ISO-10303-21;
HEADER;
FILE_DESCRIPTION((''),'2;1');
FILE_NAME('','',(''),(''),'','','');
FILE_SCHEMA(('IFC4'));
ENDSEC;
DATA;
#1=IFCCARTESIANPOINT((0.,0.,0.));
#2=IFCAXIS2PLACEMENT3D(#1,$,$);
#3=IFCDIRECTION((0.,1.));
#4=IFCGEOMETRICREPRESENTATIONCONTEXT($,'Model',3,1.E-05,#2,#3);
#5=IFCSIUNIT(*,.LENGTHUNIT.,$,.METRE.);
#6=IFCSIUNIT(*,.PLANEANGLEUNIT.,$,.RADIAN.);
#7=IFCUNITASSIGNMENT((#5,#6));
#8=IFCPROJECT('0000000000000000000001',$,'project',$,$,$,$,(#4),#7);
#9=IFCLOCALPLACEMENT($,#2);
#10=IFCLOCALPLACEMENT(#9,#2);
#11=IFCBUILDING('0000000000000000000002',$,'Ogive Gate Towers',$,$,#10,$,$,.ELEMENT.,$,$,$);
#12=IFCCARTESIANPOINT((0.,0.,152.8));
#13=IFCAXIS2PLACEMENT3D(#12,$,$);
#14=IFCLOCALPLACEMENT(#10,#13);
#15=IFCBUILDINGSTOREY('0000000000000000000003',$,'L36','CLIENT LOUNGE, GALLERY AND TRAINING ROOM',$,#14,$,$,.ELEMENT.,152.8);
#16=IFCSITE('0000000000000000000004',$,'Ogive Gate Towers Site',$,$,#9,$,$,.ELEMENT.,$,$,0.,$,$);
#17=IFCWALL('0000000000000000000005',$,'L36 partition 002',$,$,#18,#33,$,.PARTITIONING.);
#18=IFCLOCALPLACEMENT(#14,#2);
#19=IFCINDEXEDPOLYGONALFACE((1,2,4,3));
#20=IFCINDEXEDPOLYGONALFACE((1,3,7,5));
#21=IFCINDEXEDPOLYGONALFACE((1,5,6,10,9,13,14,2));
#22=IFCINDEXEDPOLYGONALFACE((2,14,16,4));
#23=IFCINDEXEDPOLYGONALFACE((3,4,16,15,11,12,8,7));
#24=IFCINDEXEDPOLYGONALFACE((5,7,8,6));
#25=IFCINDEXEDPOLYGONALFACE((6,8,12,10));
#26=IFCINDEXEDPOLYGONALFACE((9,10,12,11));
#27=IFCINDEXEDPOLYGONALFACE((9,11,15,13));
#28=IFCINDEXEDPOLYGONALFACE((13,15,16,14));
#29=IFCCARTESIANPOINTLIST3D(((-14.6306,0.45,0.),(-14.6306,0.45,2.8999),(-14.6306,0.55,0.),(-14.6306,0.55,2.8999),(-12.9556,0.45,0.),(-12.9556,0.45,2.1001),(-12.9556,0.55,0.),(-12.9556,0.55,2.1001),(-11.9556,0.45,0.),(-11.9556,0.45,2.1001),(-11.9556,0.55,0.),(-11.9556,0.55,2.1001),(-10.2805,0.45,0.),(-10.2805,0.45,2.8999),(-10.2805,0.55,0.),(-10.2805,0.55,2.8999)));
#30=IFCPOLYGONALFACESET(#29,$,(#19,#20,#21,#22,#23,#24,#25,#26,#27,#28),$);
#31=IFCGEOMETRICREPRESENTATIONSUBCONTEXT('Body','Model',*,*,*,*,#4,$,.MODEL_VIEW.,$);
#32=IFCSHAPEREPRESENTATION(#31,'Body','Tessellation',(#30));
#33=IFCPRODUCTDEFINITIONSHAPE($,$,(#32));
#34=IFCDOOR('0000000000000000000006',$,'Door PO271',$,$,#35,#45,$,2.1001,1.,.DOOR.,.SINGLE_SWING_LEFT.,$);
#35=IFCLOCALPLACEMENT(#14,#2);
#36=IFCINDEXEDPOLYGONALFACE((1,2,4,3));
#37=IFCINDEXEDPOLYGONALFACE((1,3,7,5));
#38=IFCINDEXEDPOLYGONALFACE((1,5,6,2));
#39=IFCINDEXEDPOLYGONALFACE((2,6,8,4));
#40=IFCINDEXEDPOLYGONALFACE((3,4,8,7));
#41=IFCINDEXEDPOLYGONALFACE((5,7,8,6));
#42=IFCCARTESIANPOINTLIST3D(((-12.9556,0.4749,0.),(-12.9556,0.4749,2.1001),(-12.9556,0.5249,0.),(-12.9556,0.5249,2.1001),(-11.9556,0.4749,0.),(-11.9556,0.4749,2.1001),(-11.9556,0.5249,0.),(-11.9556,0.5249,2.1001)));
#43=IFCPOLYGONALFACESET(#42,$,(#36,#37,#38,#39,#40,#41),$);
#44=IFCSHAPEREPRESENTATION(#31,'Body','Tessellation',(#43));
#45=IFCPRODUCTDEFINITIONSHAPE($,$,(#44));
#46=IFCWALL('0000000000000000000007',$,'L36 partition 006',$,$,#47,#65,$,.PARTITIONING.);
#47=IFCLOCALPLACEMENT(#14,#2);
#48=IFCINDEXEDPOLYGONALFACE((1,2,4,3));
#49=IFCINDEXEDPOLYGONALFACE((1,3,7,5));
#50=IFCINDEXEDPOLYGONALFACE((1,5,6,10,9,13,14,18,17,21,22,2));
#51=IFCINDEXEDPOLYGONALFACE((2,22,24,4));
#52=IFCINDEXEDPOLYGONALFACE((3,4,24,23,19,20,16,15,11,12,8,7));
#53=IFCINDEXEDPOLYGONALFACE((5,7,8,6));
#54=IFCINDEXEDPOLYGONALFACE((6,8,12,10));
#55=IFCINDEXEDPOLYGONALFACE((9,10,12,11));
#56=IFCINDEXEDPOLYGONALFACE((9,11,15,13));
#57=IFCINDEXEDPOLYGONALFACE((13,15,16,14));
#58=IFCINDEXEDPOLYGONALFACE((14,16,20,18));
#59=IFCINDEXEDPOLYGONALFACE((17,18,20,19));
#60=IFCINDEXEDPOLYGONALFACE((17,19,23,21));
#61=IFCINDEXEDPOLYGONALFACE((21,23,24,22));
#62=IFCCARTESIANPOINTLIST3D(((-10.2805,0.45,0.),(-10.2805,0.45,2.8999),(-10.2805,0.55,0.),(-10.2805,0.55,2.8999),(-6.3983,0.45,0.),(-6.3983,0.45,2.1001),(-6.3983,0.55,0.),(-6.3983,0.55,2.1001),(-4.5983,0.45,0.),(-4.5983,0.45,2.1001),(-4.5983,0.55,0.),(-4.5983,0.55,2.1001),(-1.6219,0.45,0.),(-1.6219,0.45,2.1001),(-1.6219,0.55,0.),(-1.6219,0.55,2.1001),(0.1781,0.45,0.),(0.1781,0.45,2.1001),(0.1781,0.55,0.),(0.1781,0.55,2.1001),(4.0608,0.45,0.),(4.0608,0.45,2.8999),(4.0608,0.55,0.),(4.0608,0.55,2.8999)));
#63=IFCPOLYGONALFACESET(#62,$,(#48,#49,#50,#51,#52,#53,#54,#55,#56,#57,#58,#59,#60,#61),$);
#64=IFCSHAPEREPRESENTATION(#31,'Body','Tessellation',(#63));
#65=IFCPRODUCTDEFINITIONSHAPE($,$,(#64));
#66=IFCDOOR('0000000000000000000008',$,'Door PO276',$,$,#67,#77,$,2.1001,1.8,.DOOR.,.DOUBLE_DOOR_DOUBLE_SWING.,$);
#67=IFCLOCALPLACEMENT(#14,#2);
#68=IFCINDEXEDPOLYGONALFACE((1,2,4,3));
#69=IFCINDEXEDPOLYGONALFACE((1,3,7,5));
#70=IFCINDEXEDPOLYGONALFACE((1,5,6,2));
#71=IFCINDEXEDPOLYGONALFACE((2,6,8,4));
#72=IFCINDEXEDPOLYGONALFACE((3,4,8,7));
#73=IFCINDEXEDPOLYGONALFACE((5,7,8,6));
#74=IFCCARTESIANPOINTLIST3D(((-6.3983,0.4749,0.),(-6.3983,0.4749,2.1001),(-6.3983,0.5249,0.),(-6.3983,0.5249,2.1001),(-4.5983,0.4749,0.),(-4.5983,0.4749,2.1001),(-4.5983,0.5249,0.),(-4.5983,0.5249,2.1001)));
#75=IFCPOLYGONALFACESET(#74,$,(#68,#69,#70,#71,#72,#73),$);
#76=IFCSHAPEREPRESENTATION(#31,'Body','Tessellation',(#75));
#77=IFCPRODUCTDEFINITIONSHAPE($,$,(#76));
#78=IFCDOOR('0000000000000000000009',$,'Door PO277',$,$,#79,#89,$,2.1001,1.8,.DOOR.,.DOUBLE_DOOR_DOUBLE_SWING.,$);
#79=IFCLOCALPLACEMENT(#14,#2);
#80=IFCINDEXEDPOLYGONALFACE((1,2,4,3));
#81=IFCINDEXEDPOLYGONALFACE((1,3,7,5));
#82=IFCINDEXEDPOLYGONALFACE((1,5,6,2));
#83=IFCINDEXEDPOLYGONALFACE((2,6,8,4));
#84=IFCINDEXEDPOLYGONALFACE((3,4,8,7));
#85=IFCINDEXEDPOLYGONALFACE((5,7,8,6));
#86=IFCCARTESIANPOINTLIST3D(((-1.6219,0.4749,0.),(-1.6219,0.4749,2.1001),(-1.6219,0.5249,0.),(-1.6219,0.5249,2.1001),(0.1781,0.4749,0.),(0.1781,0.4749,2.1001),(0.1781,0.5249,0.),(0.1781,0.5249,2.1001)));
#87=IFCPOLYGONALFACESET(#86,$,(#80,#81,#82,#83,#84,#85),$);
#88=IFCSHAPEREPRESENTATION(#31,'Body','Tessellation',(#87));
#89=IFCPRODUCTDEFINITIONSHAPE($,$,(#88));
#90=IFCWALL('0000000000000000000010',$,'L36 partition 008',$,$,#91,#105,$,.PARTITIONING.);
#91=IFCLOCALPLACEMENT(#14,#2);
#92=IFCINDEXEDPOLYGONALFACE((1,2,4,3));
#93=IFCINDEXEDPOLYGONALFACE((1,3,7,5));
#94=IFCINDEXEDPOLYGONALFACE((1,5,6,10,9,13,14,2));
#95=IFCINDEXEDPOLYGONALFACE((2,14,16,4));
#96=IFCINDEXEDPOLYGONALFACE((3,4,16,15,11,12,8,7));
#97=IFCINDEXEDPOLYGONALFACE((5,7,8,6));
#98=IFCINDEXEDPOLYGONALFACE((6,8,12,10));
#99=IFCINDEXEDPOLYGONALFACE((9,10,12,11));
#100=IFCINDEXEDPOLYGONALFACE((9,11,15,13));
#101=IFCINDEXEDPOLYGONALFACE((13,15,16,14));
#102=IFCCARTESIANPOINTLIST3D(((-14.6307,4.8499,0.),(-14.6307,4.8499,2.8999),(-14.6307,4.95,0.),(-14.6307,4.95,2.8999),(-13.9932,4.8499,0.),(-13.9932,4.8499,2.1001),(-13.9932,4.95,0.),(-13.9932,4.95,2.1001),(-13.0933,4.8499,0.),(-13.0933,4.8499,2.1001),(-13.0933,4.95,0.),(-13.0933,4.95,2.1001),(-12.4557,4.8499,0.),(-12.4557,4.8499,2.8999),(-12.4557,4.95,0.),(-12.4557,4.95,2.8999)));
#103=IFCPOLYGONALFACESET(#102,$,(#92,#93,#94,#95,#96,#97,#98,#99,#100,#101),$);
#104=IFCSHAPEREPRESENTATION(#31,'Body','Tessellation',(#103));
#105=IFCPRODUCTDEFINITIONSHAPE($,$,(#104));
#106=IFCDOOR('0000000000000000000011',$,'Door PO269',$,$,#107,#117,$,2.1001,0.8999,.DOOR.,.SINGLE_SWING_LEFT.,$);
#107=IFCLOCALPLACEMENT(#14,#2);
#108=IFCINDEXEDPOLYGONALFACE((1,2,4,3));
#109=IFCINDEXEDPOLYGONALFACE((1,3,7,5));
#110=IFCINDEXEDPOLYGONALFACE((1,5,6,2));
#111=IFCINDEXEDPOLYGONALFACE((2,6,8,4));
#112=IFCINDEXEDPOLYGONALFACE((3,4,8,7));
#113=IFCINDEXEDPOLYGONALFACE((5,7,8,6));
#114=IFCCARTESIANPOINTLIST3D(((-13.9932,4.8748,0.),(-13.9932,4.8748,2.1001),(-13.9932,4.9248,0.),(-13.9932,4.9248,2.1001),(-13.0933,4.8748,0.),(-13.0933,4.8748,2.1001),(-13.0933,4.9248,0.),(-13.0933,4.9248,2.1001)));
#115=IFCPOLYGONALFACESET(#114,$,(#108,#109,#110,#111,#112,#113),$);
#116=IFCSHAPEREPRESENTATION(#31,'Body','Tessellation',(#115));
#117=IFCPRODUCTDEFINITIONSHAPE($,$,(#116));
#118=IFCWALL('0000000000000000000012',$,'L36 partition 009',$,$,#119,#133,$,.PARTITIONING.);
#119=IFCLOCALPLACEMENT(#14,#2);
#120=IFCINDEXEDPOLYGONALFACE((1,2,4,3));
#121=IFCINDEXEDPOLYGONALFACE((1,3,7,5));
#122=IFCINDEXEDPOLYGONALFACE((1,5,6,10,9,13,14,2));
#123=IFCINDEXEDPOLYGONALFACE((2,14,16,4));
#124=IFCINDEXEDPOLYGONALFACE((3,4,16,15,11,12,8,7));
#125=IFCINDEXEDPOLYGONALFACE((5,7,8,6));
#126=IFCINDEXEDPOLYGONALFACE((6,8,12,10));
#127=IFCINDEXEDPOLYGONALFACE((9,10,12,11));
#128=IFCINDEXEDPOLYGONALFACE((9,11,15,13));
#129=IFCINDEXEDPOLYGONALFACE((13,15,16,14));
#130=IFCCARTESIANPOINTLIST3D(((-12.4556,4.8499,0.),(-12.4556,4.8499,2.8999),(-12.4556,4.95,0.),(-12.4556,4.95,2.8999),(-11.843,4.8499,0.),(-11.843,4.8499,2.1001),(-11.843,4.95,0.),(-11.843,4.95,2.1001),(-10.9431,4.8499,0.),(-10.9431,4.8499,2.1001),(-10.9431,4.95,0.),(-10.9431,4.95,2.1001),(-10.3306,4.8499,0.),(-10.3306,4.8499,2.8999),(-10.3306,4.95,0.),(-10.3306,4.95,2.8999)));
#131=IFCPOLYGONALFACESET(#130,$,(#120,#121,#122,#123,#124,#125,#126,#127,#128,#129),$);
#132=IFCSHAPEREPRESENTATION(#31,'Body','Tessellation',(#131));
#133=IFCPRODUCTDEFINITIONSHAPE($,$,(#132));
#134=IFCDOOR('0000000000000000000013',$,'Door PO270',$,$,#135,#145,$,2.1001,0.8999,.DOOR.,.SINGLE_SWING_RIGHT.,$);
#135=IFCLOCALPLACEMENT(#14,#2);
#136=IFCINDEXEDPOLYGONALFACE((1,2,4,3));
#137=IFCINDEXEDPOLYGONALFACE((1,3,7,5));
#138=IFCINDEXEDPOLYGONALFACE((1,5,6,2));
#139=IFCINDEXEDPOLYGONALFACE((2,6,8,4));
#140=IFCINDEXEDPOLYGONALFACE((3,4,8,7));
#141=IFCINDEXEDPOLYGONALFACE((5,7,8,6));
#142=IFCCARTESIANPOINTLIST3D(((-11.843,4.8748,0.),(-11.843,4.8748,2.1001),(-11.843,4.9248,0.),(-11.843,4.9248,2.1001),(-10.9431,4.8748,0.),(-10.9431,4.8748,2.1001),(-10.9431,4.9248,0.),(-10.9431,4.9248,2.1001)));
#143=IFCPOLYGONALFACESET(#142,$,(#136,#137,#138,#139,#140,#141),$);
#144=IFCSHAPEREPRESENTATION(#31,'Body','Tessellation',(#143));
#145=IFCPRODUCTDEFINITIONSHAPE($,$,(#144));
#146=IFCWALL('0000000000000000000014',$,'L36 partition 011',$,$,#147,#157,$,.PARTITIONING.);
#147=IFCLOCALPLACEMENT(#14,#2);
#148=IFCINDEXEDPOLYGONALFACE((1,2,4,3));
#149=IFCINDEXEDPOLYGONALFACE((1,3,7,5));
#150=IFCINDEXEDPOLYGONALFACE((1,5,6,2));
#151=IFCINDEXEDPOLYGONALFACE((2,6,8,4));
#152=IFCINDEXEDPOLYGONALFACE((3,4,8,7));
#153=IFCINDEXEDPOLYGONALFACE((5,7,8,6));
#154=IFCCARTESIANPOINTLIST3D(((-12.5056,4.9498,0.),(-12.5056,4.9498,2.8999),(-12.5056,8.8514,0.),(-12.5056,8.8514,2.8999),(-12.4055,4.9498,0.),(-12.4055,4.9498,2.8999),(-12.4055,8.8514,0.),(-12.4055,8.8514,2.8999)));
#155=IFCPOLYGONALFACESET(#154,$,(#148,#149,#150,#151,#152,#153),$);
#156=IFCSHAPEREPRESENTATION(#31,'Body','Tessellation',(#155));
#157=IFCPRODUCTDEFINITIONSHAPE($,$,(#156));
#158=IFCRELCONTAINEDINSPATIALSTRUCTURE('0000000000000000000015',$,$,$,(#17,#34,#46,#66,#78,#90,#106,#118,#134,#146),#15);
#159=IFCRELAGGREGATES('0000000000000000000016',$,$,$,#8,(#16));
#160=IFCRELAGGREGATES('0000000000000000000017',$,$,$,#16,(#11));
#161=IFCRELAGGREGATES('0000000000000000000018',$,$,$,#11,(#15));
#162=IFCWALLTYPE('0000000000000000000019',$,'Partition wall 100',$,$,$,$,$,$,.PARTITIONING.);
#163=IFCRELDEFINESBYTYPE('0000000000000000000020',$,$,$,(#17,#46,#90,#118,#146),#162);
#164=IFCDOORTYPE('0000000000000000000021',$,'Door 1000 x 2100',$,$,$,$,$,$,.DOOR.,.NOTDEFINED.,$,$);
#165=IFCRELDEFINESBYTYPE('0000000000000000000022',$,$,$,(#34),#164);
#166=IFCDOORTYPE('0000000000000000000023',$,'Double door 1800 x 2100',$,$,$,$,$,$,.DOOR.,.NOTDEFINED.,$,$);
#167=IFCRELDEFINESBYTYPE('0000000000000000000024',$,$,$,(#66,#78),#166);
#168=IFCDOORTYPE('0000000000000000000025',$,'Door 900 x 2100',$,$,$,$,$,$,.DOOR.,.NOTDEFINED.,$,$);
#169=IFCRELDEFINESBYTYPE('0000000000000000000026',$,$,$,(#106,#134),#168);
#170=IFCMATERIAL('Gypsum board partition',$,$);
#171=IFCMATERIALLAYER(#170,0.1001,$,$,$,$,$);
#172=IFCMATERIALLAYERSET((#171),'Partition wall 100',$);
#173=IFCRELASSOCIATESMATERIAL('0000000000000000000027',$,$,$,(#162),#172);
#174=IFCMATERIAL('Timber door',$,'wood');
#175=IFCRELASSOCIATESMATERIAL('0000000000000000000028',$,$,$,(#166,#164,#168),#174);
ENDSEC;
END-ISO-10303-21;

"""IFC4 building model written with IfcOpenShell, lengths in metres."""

from ifc_helpers import new_model, si_unit, direction, frame, frame_2d, origin, place, context, subcontext, project, spatial, rectangle, extrude, material, layer, layer_set, type_object, element, fill, save


model = new_model("IFC4")

# Units and contexts
model_context = context("Model", 3, precision=1e-05, world=origin(), true_north=direction((0.0, 1.0)))
body_context = subcontext(model_context, "Body", "Model", "MODEL_VIEW")
ifc_project = project(units=[si_unit("LENGTHUNIT", "METRE"), si_unit("PLANEANGLEUNIT", "RADIAN")], contexts=[model_context])

# Site, building, storey
site_placement = place(None, origin())
site = spatial("IfcSite", under=ifc_project, at=site_placement, Name="Ogive Gate Towers Site", CompositionType="ELEMENT", RefElevation=0.0)
building_placement = place(site_placement, origin())
building = spatial("IfcBuilding", under=site, at=building_placement, Name="Ogive Gate Towers", CompositionType="ELEMENT")
storey_placement = place(building_placement, frame((0.0, 0.0, 152.8)))
storey = spatial("IfcBuildingStorey", under=building, at=storey_placement, Name="L36", Description="CLIENT LOUNGE, GALLERY AND TRAINING ROOM", CompositionType="ELEMENT", Elevation=152.8)

# Wall, opening, door
ifc_material_1 = material(Name="Gypsum board partition")
ifc_layer_1 = layer(ifc_material_1, 0.1001)
ifc_layer_set_1 = layer_set([ifc_layer_1], Name="Partition wall 100")
wall_type = type_object("IfcWallType", Name="Partition wall 100", PredefinedType="PARTITIONING", material=ifc_layer_set_1)
ifc_material_2 = material(Name="Timber door", Category="wood")
door_type_1 = type_object("IfcDoorType", Name="Double door 1800 x 2100", OperationType="NOTDEFINED", PredefinedType="DOOR", material=ifc_material_2)
wall_1_placement = place(storey_placement, frame((-14.6306, 0.5, 0.0), z_axis=(0.0, 0.0, 1.0), x_axis=(1.0, 0.0, 0.0)))
wall_1 = element("IfcWall", 1, at=wall_1_placement, inside=storey, type_object=wall_type, Name="L36 partition 002", PredefinedType="PARTITIONING", context=body_context, shape_type="SweptSolid", body=[
    extrude(rectangle(XDim=4.3501, YDim=0.1001, at=frame_2d((2.175, 0.0))), origin(), (0.0, 0.0, 1.0), 2.8999),
])
opening_1_placement = place(wall_1_placement, frame((1.675, 0.0, 0.0)))
opening_1 = element("IfcOpeningElement", 2, at=opening_1_placement, cuts=wall_1, PredefinedType="OPENING", context=body_context, shape_type="SweptSolid", body=[
    extrude(rectangle(XDim=1.0, YDim=2.1001, at=frame_2d((0.5, 1.05))), frame((0.0, 0.0601, 0.0), z_axis=(0.0, -1.0, 0.0), x_axis=(1.0, 0.0, 0.0)), (0.0, 0.0, 1.0), 0.1201),
])
door_type_2 = type_object("IfcDoorType", Name="Door 1000 x 2100", OperationType="NOTDEFINED", PredefinedType="DOOR", material=ifc_material_2)
door_1_placement = place(opening_1_placement, origin())
door_1 = element("IfcDoor", 3, at=door_1_placement, inside=storey, type_object=door_type_2, Name="Door PO271", OperationType="SINGLE_SWING_LEFT", OverallHeight=2.1001, OverallWidth=1.0, PredefinedType="DOOR", context=body_context, shape_type="SweptSolid", body=[
    extrude(rectangle(XDim=1.0, YDim=2.1001, at=frame_2d((0.5, 1.05))), frame((0.0, 0.0249, 0.0), z_axis=(0.0, -1.0, 0.0), x_axis=(1.0, 0.0, 0.0)), (0.0, 0.0, 1.0), 0.05),
])
fill(opening_1, door_1)

# Wall, openings, doors
wall_2_placement = place(storey_placement, frame((-10.2805, 0.5, 0.0), z_axis=(0.0, 0.0, 1.0), x_axis=(1.0, 0.0, 0.0)))
wall_2 = element("IfcWall", 4, at=wall_2_placement, inside=storey, type_object=wall_type, Name="L36 partition 006", PredefinedType="PARTITIONING", context=body_context, shape_type="SweptSolid", body=[
    extrude(rectangle(XDim=14.3413, YDim=0.1001, at=frame_2d((7.1707, 0.0))), origin(), (0.0, 0.0, 1.0), 2.8999),
])
opening_2_placement = place(wall_2_placement, frame((3.8823, 0.0, 0.0)))
opening_2 = element("IfcOpeningElement", 5, at=opening_2_placement, cuts=wall_2, PredefinedType="OPENING", context=body_context, shape_type="SweptSolid", body=[
    extrude(rectangle(XDim=1.8, YDim=2.1001, at=frame_2d((0.8999, 1.05))), frame((0.0, 0.0601, 0.0), z_axis=(0.0, -1.0, 0.0), x_axis=(1.0, 0.0, 0.0)), (0.0, 0.0, 1.0), 0.1201),
])
opening_3_placement = place(wall_2_placement, frame((8.6587, 0.0, 0.0)))
opening_3 = element("IfcOpeningElement", 6, at=opening_3_placement, cuts=wall_2, PredefinedType="OPENING", context=body_context, shape_type="SweptSolid", body=[
    extrude(rectangle(XDim=1.8, YDim=2.1001, at=frame_2d((0.8999, 1.05))), frame((0.0, 0.0601, 0.0), z_axis=(0.0, -1.0, 0.0), x_axis=(1.0, 0.0, 0.0)), (0.0, 0.0, 1.0), 0.1201),
])
door_2_placement = place(opening_2_placement, origin())
door_2 = element("IfcDoor", 7, at=door_2_placement, inside=storey, type_object=door_type_1, Name="Door PO276", OperationType="DOUBLE_DOOR_DOUBLE_SWING", OverallHeight=2.1001, OverallWidth=1.8, PredefinedType="DOOR", context=body_context, shape_type="SweptSolid", body=[
    extrude(rectangle(XDim=1.8, YDim=2.1001, at=frame_2d((0.8999, 1.05))), frame((0.0, 0.0249, 0.0), z_axis=(0.0, -1.0, 0.0), x_axis=(1.0, 0.0, 0.0)), (0.0, 0.0, 1.0), 0.05),
])
fill(opening_2, door_2)
door_3_placement = place(opening_3_placement, origin())
door_3 = element("IfcDoor", 8, at=door_3_placement, inside=storey, type_object=door_type_1, Name="Door PO277", OperationType="DOUBLE_DOOR_DOUBLE_SWING", OverallHeight=2.1001, OverallWidth=1.8, PredefinedType="DOOR", context=body_context, shape_type="SweptSolid", body=[
    extrude(rectangle(XDim=1.8, YDim=2.1001, at=frame_2d((0.8999, 1.05))), frame((0.0, 0.0249, 0.0), z_axis=(0.0, -1.0, 0.0), x_axis=(1.0, 0.0, 0.0)), (0.0, 0.0, 1.0), 0.05),
])
fill(opening_3, door_3)

# Walls, openings, doors
wall_3_placement = place(storey_placement, frame((-14.6306, 4.8999, 0.0), z_axis=(0.0, 0.0, 1.0), x_axis=(1.0, 0.0, 0.0)))
wall_3 = element("IfcWall", 9, at=wall_3_placement, inside=storey, type_object=wall_type, Name="L36 partition 008", PredefinedType="PARTITIONING", context=body_context, shape_type="SweptSolid", body=[
    extrude(rectangle(XDim=2.175, YDim=0.1001, at=frame_2d((1.0874, 0.0))), origin(), (0.0, 0.0, 1.0), 2.8999),
])
opening_4_placement = place(wall_3_placement, frame((0.6375, 0.0, 0.0)))
opening_4 = element("IfcOpeningElement", 10, at=opening_4_placement, cuts=wall_3, PredefinedType="OPENING", context=body_context, shape_type="SweptSolid", body=[
    extrude(rectangle(XDim=0.8999, YDim=2.1001, at=frame_2d((0.45, 1.05))), frame((0.0, 0.0601, 0.0), z_axis=(0.0, -1.0, 0.0), x_axis=(1.0, 0.0, 0.0)), (0.0, 0.0, 1.0), 0.1201),
])
door_type_3 = type_object("IfcDoorType", Name="Door 900 x 2100", OperationType="NOTDEFINED", PredefinedType="DOOR", material=ifc_material_2)
door_4_placement = place(opening_4_placement, origin())
door_4 = element("IfcDoor", 11, at=door_4_placement, inside=storey, type_object=door_type_3, Name="Door PO269", OperationType="SINGLE_SWING_LEFT", OverallHeight=2.1001, OverallWidth=0.8999, PredefinedType="DOOR", context=body_context, shape_type="SweptSolid", body=[
    extrude(rectangle(XDim=0.8999, YDim=2.1001, at=frame_2d((0.45, 1.05))), frame((0.0, 0.0249, 0.0), z_axis=(0.0, -1.0, 0.0), x_axis=(1.0, 0.0, 0.0)), (0.0, 0.0, 1.0), 0.05),
])
fill(opening_4, door_4)
wall_4_placement = place(storey_placement, frame((-12.4556, 4.8999, 0.0), z_axis=(0.0, 0.0, 1.0), x_axis=(1.0, 0.0, 0.0)))
wall_4 = element("IfcWall", 12, at=wall_4_placement, inside=storey, type_object=wall_type, Name="L36 partition 009", PredefinedType="PARTITIONING", context=body_context, shape_type="SweptSolid", body=[
    extrude(rectangle(XDim=2.125, YDim=0.1001, at=frame_2d((1.0625, 0.0))), origin(), (0.0, 0.0, 1.0), 2.8999),
])
opening_5_placement = place(wall_4_placement, frame((0.6125, 0.0, 0.0)))
opening_5 = element("IfcOpeningElement", 13, at=opening_5_placement, cuts=wall_4, PredefinedType="OPENING", context=body_context, shape_type="SweptSolid", body=[
    extrude(rectangle(XDim=0.8999, YDim=2.1001, at=frame_2d((0.45, 1.05))), frame((0.0, 0.0601, 0.0), z_axis=(0.0, -1.0, 0.0), x_axis=(1.0, 0.0, 0.0)), (0.0, 0.0, 1.0), 0.1201),
])
door_5_placement = place(opening_5_placement, origin())
door_5 = element("IfcDoor", 14, at=door_5_placement, inside=storey, type_object=door_type_3, Name="Door PO270", OperationType="SINGLE_SWING_RIGHT", OverallHeight=2.1001, OverallWidth=0.8999, PredefinedType="DOOR", context=body_context, shape_type="SweptSolid", body=[
    extrude(rectangle(XDim=0.8999, YDim=2.1001, at=frame_2d((0.45, 1.05))), frame((0.0, 0.0249, 0.0), z_axis=(0.0, -1.0, 0.0), x_axis=(1.0, 0.0, 0.0)), (0.0, 0.0, 1.0), 0.05),
])
fill(opening_5, door_5)

# Wall
wall_5_placement = place(storey_placement, frame((-12.4556, 4.95, 0.0), z_axis=(0.0, 0.0, 1.0), x_axis=(0.0, 1.0, 0.0)))
element("IfcWall", 15, at=wall_5_placement, inside=storey, type_object=wall_type, Name="L36 partition 011", PredefinedType="PARTITIONING", context=body_context, shape_type="SweptSolid", body=[
    extrude(rectangle(XDim=3.9016, YDim=0.1001, at=frame_2d((1.9507, 0.0))), origin(), (0.0, 0.0, 1.0), 2.8999),
])

save(model, "model.ifc")
